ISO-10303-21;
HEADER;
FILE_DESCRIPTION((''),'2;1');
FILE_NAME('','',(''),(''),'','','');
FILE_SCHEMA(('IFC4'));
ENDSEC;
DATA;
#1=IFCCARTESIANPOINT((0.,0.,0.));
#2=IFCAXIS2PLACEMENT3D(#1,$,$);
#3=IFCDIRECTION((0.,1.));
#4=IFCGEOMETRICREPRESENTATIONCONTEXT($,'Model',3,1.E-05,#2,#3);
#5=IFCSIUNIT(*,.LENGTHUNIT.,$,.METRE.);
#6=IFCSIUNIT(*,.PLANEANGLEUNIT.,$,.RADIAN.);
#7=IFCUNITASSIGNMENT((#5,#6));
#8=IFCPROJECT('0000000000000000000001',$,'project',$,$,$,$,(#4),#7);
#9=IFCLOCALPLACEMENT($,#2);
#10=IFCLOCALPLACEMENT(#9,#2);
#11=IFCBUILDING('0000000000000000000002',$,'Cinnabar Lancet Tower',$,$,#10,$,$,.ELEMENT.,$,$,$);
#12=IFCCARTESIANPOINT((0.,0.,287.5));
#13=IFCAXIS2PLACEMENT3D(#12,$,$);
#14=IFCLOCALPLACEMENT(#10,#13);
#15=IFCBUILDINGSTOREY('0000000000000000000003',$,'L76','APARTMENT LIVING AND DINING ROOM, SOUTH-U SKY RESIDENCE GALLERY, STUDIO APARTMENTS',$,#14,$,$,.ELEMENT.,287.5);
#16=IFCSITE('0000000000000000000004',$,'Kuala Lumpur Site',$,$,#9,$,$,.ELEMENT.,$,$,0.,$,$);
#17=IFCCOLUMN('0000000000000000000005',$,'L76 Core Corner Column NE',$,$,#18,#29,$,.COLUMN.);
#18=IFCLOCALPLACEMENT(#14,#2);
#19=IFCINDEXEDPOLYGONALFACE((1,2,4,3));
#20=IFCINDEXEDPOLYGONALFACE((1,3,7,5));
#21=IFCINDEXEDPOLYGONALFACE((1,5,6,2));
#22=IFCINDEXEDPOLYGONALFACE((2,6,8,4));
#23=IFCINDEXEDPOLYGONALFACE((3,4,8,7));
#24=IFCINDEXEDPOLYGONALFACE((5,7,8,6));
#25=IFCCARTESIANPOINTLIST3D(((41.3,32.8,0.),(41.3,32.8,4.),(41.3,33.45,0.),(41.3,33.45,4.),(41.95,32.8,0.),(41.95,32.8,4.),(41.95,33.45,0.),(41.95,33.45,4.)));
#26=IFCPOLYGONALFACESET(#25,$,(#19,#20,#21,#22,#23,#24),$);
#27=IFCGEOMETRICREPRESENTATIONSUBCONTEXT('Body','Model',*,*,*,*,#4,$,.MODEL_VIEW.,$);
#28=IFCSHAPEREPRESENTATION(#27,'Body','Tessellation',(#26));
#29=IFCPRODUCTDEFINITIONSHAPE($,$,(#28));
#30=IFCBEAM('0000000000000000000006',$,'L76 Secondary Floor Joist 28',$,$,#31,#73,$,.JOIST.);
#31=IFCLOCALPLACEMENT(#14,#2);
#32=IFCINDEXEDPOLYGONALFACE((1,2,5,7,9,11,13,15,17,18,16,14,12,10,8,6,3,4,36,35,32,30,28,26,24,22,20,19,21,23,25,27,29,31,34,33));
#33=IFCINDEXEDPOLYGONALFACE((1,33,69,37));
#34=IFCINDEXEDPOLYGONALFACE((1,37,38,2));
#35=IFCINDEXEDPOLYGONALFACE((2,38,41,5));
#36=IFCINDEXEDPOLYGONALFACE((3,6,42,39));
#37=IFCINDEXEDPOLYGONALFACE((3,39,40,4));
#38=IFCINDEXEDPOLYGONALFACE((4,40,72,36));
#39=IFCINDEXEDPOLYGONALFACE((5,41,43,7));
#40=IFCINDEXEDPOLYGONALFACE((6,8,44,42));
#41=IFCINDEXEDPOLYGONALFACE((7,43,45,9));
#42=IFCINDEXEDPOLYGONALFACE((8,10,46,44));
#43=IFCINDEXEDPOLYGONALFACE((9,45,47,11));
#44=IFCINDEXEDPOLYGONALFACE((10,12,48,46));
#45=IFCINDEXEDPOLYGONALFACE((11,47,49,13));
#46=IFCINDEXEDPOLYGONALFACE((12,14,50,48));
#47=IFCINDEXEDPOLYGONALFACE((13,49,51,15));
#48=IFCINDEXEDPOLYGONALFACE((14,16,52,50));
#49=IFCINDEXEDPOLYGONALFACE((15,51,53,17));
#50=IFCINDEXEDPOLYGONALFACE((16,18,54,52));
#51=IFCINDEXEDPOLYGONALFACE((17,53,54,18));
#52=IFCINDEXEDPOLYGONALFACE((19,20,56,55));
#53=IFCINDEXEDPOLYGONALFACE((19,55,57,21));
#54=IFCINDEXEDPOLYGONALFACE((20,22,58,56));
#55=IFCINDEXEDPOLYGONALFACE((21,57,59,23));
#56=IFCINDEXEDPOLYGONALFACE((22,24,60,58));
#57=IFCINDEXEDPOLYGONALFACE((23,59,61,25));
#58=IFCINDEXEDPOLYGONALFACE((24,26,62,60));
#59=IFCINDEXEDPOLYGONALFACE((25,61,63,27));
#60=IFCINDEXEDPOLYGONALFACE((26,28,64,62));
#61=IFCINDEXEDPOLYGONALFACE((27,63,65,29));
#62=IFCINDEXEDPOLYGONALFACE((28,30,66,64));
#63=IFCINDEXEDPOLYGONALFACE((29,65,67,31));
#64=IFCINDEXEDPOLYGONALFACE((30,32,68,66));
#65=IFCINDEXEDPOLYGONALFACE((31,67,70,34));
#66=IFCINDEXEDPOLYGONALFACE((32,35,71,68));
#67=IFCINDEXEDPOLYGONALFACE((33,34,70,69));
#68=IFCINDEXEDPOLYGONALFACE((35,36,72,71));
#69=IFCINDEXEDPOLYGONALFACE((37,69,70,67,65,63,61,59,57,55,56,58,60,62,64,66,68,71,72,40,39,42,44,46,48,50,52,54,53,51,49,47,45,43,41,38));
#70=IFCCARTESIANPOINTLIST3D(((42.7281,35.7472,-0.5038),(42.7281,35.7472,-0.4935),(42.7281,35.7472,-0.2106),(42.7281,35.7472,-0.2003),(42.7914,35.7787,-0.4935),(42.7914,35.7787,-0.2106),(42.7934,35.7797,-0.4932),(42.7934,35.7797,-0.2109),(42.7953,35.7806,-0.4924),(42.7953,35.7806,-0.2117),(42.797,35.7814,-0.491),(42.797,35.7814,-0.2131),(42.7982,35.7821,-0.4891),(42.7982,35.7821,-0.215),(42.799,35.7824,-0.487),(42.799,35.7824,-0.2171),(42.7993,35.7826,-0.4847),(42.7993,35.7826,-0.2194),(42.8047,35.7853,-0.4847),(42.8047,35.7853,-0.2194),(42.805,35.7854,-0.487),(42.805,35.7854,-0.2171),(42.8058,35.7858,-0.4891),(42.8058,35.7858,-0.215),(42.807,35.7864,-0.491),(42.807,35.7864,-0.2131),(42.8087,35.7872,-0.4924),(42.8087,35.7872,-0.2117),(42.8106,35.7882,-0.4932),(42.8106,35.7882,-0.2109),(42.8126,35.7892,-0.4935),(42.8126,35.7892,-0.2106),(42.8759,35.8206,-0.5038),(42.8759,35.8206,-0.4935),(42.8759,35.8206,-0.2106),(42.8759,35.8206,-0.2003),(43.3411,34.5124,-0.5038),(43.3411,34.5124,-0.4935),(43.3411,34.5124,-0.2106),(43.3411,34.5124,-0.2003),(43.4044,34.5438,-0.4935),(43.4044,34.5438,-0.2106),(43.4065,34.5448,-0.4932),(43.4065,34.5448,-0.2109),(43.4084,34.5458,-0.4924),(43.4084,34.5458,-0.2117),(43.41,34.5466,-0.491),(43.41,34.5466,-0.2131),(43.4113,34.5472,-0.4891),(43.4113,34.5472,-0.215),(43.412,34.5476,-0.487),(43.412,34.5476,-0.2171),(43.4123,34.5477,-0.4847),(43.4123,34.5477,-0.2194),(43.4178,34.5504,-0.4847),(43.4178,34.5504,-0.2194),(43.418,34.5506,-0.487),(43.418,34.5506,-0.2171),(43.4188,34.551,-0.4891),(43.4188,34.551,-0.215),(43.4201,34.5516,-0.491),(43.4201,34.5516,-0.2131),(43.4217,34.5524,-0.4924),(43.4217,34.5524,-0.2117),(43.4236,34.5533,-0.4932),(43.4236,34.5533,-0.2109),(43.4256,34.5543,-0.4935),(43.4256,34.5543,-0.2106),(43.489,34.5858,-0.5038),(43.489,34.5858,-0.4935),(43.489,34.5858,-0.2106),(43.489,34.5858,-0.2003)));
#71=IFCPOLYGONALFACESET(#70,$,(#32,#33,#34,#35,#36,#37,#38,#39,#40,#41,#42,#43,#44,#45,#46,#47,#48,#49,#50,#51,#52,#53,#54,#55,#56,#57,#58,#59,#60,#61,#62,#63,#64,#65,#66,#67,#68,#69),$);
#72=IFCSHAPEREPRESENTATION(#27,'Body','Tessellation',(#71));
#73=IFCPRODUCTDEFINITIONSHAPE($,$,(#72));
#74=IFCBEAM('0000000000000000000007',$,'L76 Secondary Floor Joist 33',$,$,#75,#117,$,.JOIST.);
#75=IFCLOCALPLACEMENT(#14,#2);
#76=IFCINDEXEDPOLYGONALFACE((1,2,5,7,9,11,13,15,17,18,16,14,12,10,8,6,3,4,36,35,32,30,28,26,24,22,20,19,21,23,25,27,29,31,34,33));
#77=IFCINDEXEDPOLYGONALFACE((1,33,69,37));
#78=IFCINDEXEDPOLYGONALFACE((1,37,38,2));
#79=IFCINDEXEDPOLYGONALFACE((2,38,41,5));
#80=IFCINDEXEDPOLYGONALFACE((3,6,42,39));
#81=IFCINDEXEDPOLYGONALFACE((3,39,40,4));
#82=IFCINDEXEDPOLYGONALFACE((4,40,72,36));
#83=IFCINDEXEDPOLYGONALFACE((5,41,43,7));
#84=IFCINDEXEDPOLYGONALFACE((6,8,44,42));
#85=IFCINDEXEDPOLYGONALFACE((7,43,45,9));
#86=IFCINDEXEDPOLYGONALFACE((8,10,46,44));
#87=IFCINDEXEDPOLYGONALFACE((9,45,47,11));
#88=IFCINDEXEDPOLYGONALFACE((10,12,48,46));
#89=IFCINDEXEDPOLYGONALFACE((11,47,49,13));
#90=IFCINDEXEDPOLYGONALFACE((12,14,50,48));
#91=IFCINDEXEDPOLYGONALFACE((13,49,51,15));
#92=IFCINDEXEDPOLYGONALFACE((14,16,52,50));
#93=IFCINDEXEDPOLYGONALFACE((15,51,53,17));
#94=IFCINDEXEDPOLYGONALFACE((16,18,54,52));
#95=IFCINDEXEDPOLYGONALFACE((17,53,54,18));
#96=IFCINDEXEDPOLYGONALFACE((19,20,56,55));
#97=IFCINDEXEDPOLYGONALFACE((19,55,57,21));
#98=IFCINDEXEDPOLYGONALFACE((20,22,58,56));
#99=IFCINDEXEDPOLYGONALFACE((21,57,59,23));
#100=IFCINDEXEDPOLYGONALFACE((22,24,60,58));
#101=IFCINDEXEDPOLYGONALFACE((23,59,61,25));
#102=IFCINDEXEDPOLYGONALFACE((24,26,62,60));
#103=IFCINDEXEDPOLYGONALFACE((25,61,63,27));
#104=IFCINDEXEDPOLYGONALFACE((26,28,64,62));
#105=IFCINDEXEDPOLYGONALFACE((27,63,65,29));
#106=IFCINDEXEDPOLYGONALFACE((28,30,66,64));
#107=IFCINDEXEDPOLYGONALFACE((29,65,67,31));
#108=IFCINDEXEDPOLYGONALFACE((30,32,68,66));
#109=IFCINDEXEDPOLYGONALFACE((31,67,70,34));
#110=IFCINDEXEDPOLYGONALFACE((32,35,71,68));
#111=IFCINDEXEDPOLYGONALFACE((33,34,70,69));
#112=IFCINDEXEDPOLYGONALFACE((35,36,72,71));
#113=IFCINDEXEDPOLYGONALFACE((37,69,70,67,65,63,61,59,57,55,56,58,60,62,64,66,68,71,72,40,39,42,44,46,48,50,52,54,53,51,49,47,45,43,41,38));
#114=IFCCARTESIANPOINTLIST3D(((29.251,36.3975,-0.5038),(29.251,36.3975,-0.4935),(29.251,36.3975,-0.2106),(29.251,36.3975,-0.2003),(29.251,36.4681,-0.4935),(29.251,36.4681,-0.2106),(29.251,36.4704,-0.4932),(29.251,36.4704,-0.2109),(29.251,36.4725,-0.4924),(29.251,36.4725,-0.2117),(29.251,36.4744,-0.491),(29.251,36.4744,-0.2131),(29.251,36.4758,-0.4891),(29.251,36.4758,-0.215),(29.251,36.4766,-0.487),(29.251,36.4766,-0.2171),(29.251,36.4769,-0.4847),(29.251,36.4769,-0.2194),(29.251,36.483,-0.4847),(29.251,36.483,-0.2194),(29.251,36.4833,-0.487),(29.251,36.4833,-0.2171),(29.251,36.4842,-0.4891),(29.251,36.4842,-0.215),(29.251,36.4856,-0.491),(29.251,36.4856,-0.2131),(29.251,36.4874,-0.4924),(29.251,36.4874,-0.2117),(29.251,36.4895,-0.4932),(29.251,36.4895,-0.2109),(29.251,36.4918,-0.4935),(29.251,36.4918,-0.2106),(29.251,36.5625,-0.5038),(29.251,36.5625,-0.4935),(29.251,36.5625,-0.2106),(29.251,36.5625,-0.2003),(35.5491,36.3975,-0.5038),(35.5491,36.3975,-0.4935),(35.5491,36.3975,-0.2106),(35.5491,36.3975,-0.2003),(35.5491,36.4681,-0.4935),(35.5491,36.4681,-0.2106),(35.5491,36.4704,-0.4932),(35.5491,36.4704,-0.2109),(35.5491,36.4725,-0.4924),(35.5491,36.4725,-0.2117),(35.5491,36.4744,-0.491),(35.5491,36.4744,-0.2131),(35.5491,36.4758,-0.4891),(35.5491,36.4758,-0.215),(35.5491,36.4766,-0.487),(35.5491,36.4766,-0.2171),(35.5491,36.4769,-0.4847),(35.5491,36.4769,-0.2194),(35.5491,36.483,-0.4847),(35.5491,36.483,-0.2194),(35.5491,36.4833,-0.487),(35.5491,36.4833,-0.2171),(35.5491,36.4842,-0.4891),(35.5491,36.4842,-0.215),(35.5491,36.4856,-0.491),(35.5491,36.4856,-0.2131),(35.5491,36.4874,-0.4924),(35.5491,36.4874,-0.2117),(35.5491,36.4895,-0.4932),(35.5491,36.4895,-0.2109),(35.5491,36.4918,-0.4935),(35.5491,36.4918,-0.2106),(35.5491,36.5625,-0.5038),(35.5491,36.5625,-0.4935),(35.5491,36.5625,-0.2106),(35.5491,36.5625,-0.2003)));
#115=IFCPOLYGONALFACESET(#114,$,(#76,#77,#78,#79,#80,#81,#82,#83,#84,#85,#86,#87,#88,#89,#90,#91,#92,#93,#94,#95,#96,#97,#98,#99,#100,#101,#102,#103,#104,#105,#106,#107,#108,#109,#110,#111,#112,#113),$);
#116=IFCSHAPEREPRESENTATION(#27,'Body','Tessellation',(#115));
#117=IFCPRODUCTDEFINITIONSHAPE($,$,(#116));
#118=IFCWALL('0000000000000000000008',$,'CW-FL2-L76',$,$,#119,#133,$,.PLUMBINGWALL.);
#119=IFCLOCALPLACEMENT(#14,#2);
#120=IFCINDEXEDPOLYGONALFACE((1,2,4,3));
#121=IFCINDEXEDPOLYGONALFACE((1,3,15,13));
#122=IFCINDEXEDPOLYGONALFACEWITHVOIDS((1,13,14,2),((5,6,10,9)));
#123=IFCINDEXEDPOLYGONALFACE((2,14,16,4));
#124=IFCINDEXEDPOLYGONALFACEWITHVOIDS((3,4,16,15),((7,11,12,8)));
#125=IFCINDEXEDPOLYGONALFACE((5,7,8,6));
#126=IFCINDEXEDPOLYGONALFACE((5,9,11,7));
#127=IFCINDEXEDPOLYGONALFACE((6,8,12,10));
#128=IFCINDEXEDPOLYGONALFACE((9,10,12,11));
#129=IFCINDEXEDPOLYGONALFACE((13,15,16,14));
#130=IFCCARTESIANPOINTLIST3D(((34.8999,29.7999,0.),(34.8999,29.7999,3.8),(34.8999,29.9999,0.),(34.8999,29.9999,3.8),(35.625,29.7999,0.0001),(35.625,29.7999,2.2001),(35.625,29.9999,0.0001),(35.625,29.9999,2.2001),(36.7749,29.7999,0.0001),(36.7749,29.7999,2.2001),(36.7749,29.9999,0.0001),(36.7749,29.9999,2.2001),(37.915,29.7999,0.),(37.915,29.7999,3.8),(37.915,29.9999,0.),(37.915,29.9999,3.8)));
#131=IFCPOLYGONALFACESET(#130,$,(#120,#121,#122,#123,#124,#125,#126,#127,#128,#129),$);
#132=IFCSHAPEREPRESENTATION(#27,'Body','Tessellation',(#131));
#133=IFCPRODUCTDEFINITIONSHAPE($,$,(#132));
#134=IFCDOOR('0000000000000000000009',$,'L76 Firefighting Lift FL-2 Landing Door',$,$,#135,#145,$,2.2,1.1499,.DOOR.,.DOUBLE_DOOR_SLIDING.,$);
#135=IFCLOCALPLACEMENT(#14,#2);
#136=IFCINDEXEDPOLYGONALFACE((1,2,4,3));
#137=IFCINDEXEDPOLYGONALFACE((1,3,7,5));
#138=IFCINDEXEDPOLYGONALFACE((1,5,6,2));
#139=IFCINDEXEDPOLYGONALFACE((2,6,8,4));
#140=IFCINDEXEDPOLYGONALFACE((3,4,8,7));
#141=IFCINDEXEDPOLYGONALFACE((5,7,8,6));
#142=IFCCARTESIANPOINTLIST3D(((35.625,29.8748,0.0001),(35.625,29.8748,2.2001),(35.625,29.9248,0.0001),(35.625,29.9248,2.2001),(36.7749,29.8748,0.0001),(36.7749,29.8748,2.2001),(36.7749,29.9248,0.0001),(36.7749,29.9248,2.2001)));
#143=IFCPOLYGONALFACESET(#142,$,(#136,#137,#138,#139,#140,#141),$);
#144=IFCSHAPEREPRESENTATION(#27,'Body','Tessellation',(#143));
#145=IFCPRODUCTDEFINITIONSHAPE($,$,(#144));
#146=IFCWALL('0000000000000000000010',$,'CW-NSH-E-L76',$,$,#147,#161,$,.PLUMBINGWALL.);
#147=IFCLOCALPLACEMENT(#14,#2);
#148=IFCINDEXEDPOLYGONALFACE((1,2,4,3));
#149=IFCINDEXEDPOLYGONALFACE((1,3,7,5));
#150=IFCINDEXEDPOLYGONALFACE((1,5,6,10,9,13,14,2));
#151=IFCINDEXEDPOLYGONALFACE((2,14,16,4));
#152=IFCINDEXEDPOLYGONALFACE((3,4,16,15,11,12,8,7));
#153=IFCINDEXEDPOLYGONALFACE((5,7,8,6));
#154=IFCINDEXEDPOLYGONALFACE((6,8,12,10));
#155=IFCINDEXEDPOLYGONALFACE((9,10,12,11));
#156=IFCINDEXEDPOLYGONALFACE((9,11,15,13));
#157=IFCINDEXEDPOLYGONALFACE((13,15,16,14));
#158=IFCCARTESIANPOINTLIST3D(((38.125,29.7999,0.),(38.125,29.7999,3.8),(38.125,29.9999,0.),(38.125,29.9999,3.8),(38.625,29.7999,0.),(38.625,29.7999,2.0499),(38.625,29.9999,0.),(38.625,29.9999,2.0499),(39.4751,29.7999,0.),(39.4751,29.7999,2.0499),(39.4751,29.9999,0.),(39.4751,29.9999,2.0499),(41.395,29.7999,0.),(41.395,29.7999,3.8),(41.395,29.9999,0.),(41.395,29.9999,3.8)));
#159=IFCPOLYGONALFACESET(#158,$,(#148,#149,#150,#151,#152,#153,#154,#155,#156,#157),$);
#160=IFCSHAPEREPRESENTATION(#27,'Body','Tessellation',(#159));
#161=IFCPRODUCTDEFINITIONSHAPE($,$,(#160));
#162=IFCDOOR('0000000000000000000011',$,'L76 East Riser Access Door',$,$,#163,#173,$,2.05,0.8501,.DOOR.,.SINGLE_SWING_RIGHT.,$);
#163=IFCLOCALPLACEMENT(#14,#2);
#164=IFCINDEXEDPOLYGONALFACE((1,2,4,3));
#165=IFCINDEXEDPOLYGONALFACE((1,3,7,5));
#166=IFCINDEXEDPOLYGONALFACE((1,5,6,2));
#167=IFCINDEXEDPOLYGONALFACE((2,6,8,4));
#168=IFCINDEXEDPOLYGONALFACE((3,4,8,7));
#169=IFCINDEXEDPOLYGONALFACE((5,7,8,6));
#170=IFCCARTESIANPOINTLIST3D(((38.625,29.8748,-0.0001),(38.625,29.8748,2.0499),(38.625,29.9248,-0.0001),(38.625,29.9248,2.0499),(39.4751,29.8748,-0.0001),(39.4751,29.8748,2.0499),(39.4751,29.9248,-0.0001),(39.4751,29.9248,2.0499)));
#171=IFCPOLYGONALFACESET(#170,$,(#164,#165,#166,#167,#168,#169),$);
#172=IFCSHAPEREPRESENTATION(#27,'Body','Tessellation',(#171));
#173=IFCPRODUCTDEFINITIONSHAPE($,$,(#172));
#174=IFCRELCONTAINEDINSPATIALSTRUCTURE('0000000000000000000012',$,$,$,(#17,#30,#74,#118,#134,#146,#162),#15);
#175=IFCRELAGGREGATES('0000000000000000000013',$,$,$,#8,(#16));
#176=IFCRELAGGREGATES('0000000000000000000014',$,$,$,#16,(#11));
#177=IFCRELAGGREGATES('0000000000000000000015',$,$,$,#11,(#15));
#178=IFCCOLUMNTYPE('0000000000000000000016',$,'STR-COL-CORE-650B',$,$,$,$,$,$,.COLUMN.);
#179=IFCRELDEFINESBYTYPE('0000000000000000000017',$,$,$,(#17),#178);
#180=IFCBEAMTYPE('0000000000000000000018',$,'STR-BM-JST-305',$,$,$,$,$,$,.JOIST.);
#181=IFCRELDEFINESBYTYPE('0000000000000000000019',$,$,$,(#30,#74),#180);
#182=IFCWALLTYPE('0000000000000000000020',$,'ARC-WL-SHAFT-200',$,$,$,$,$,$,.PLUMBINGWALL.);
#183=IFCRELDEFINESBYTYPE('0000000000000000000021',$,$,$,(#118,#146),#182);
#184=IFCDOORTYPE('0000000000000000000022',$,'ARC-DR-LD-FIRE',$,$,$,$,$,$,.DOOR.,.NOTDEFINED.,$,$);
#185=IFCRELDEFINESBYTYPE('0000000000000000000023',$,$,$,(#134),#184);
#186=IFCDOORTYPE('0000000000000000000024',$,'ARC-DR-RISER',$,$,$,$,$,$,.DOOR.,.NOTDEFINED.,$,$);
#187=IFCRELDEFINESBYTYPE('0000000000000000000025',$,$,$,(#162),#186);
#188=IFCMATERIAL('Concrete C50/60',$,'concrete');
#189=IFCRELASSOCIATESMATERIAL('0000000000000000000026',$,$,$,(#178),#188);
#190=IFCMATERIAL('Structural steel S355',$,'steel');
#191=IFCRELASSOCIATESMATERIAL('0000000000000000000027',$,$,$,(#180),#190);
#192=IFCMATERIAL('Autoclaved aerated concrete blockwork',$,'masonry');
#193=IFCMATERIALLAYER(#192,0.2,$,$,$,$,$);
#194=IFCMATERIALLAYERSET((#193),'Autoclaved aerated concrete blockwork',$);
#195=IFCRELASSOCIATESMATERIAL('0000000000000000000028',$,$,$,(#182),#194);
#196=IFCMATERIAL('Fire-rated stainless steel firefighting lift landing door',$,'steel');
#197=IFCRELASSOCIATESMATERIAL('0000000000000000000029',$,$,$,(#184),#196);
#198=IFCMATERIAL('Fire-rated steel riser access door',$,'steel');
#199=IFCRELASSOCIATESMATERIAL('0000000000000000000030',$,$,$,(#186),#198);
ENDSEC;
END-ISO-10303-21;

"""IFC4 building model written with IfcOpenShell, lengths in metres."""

from ifc_helpers import new_model, si_unit, direction, frame, frame_2d, origin, origin_2d, place, context, subcontext, project, spatial, rectangle, i_section, extrude, material, layer, layer_set, material_profile, profile_set, type_object, element, fill, save


model = new_model("IFC4")

# Units and contexts
model_context = context("Model", 3, precision=1e-05, world=origin(), true_north=direction((0.0, 1.0)))
body_context = subcontext(model_context, "Body", "Model", "MODEL_VIEW")
ifc_project = project(units=[si_unit("LENGTHUNIT", "METRE"), si_unit("PLANEANGLEUNIT", "RADIAN")], contexts=[model_context])

# Site, building, storey
site_placement = place(None, origin())
site = spatial("IfcSite", under=ifc_project, at=site_placement, Name="Kuala Lumpur Site", CompositionType="ELEMENT", RefElevation=0.0)
building_placement = place(site_placement, origin())
building = spatial("IfcBuilding", under=site, at=building_placement, Name="Cinnabar Lancet Tower", CompositionType="ELEMENT")
storey_placement = place(building_placement, frame((0.0, 0.0, 287.5)))
storey = spatial("IfcBuildingStorey", under=building, at=storey_placement, Name="L76", Description="APARTMENT LIVING AND DINING ROOM, SOUTH-U SKY RESIDENCE GALLERY, STUDIO APARTMENTS", CompositionType="ELEMENT", Elevation=287.5)

# Column
ifc_material_1 = material(Name="Concrete C50/60", Category="concrete")
ifc_material_profile_1 = material_profile(ifc_material_1, rectangle(XDim=0.6499, YDim=0.6499, at=origin_2d()), Name="RC-COL 650x650")
ifc_profile_set_1 = profile_set([ifc_material_profile_1], Name="Concrete C50/60")
column_type = type_object("IfcColumnType", Name="STR-COL-CORE-650B", PredefinedType="COLUMN", material=ifc_profile_set_1)
column_placement = place(storey_placement, frame((41.625, 33.125, 0.0), z_axis=(0.0, 0.0, 1.0), x_axis=(1.0, 0.0, 0.0)))
element("IfcColumn", 1, at=column_placement, inside=storey, type_object=column_type, Name="L76 Core Corner Column NE", PredefinedType="COLUMN", context=body_context, shape_type="SweptSolid", body=[
    extrude(rectangle(XDim=0.6499, YDim=0.6499, at=origin_2d()), origin(), (0.0, 0.0, 1.0), 4.0),
])

# Beams
ifc_material_2 = material(Name="Structural steel S355", Category="steel")
ifc_material_profile_2 = material_profile(ifc_material_2, i_section(OverallWidth=0.165, OverallDepth=0.3035, WebThickness=0.0061, FlangeThickness=0.0103, FilletRadius=0.0088, at=origin_2d()), Name="UKB 305x165x40")
ifc_profile_set_2 = profile_set([ifc_material_profile_2], Name="Structural steel S355")
beam_type = type_object("IfcBeamType", Name="STR-BM-JST-305", PredefinedType="JOIST", material=ifc_profile_set_2)
beam_1_placement = place(storey_placement, frame((43.415, 34.5491, -0.3521), z_axis=(-0.444662, 0.895699, 0.0), x_axis=(-0.895699, -0.444662, 0.0)))
element("IfcBeam", 2, at=beam_1_placement, inside=storey, type_object=beam_type, Name="L76 Secondary Floor Joist 28", PredefinedType="JOIST", context=body_context, shape_type="SweptSolid", body=[
    extrude(i_section(OverallWidth=0.165, OverallDepth=0.3035, WebThickness=0.0061, FlangeThickness=0.0103, FilletRadius=0.0088, at=origin_2d()), origin(), (0.0, 0.0, 1.0), 1.3787),
])
beam_2_placement = place(storey_placement, frame((35.5491, 36.48, -0.3521), z_axis=(-1.0, 0.0, 0.0), x_axis=(0.0, -1.0, 0.0)))
element("IfcBeam", 3, at=beam_2_placement, inside=storey, type_object=beam_type, Name="L76 Secondary Floor Joist 33", PredefinedType="JOIST", context=body_context, shape_type="SweptSolid", body=[
    extrude(i_section(OverallWidth=0.165, OverallDepth=0.3035, WebThickness=0.0061, FlangeThickness=0.0103, FilletRadius=0.0088, at=origin_2d()), origin(), (0.0, 0.0, 1.0), 6.2981),
])

# Walls, openings, doors
ifc_material_3 = material(Name="Autoclaved aerated concrete blockwork", Category="masonry")
ifc_layer_1 = layer(ifc_material_3, 0.2)
ifc_layer_set_1 = layer_set([ifc_layer_1], Name="Autoclaved aerated concrete blockwork")
wall_type_1 = type_object("IfcWallType", Name="ARC-WL-SHAFT-200", PredefinedType="PLUMBINGWALL", material=ifc_layer_set_1)
wall_1_placement = place(storey_placement, frame((34.8999, 29.8999, 0.0), z_axis=(0.0, 0.0, 1.0), x_axis=(1.0, 0.0, 0.0)))
wall_1 = element("IfcWall", 4, at=wall_1_placement, inside=storey, type_object=wall_type_1, Name="CW-FL2-L76", PredefinedType="PLUMBINGWALL", context=body_context, shape_type="SweptSolid", body=[
    extrude(rectangle(XDim=3.0151, YDim=0.2, at=frame_2d((1.5076, 0.0))), origin(), (0.0, 0.0, 1.0), 3.8),
])
opening_1_placement = place(wall_1_placement, frame((0.7251, 0.0, 0.0)))
opening_1 = element("IfcOpeningElement", 5, at=opening_1_placement, cuts=wall_1, PredefinedType="OPENING", context=body_context, shape_type="SweptSolid", body=[
    extrude(rectangle(XDim=1.1499, YDim=2.2, at=frame_2d((0.575, 1.1001))), frame((0.0, 0.1099, 0.0), z_axis=(0.0, -1.0, 0.0), x_axis=(1.0, 0.0, 0.0)), (0.0, 0.0, 1.0), 0.22),
])
ifc_material_4 = material(Name="Fire-rated stainless steel firefighting lift landing door", Category="steel")
door_type_1 = type_object("IfcDoorType", Name="ARC-DR-LD-FIRE", OperationType="NOTDEFINED", PredefinedType="DOOR", material=ifc_material_4)
door_1_placement = place(opening_1_placement, origin())
door_1 = element("IfcDoor", 6, at=door_1_placement, inside=storey, type_object=door_type_1, Name="L76 Firefighting Lift FL-2 Landing Door", OperationType="DOUBLE_DOOR_SLIDING", OverallHeight=2.2, OverallWidth=1.1499, PredefinedType="DOOR", context=body_context, shape_type="SweptSolid", body=[
    extrude(rectangle(XDim=1.1499, YDim=2.2, at=frame_2d((0.575, 1.1001))), frame((0.0, 0.0249, 0.0), z_axis=(0.0, -1.0, 0.0), x_axis=(1.0, 0.0, 0.0)), (0.0, 0.0, 1.0), 0.05),
])
fill(opening_1, door_1)
wall_2_placement = place(storey_placement, frame((38.125, 29.8999, 0.0), z_axis=(0.0, 0.0, 1.0), x_axis=(1.0, 0.0, 0.0)))
wall_2 = element("IfcWall", 7, at=wall_2_placement, inside=storey, type_object=wall_type_1, Name="CW-NSH-E-L76", PredefinedType="PLUMBINGWALL", context=body_context, shape_type="SweptSolid", body=[
    extrude(rectangle(XDim=3.27, YDim=0.2, at=frame_2d((1.635, 0.0))), origin(), (0.0, 0.0, 1.0), 3.8),
])
opening_2_placement = place(wall_2_placement, frame((0.5, 0.0, 0.0)))
opening_2 = element("IfcOpeningElement", 8, at=opening_2_placement, cuts=wall_2, PredefinedType="OPENING", context=body_context, shape_type="SweptSolid", body=[
    extrude(rectangle(XDim=0.8501, YDim=2.05, at=frame_2d((0.425, 1.0249))), frame((0.0, 0.1099, 0.0), z_axis=(0.0, -1.0, 0.0), x_axis=(1.0, 0.0, 0.0)), (0.0, 0.0, 1.0), 0.22),
])
ifc_material_5 = material(Name="Fire-rated steel riser access door", Category="steel")
door_type_2 = type_object("IfcDoorType", Name="ARC-DR-RISER", OperationType="NOTDEFINED", PredefinedType="DOOR", material=ifc_material_5)
door_2_placement = place(opening_2_placement, origin())
door_2 = element("IfcDoor", 9, at=door_2_placement, inside=storey, type_object=door_type_2, Name="L76 East Riser Access Door", OperationType="SINGLE_SWING_RIGHT", OverallHeight=2.05, OverallWidth=0.8501, PredefinedType="DOOR", context=body_context, shape_type="SweptSolid", body=[
    extrude(rectangle(XDim=0.8501, YDim=2.05, at=frame_2d((0.425, 1.0249))), frame((0.0, 0.0249, 0.0), z_axis=(0.0, -1.0, 0.0), x_axis=(1.0, 0.0, 0.0)), (0.0, 0.0, 1.0), 0.05),
])
fill(opening_2, door_2)

save(model, "model.ifc")
